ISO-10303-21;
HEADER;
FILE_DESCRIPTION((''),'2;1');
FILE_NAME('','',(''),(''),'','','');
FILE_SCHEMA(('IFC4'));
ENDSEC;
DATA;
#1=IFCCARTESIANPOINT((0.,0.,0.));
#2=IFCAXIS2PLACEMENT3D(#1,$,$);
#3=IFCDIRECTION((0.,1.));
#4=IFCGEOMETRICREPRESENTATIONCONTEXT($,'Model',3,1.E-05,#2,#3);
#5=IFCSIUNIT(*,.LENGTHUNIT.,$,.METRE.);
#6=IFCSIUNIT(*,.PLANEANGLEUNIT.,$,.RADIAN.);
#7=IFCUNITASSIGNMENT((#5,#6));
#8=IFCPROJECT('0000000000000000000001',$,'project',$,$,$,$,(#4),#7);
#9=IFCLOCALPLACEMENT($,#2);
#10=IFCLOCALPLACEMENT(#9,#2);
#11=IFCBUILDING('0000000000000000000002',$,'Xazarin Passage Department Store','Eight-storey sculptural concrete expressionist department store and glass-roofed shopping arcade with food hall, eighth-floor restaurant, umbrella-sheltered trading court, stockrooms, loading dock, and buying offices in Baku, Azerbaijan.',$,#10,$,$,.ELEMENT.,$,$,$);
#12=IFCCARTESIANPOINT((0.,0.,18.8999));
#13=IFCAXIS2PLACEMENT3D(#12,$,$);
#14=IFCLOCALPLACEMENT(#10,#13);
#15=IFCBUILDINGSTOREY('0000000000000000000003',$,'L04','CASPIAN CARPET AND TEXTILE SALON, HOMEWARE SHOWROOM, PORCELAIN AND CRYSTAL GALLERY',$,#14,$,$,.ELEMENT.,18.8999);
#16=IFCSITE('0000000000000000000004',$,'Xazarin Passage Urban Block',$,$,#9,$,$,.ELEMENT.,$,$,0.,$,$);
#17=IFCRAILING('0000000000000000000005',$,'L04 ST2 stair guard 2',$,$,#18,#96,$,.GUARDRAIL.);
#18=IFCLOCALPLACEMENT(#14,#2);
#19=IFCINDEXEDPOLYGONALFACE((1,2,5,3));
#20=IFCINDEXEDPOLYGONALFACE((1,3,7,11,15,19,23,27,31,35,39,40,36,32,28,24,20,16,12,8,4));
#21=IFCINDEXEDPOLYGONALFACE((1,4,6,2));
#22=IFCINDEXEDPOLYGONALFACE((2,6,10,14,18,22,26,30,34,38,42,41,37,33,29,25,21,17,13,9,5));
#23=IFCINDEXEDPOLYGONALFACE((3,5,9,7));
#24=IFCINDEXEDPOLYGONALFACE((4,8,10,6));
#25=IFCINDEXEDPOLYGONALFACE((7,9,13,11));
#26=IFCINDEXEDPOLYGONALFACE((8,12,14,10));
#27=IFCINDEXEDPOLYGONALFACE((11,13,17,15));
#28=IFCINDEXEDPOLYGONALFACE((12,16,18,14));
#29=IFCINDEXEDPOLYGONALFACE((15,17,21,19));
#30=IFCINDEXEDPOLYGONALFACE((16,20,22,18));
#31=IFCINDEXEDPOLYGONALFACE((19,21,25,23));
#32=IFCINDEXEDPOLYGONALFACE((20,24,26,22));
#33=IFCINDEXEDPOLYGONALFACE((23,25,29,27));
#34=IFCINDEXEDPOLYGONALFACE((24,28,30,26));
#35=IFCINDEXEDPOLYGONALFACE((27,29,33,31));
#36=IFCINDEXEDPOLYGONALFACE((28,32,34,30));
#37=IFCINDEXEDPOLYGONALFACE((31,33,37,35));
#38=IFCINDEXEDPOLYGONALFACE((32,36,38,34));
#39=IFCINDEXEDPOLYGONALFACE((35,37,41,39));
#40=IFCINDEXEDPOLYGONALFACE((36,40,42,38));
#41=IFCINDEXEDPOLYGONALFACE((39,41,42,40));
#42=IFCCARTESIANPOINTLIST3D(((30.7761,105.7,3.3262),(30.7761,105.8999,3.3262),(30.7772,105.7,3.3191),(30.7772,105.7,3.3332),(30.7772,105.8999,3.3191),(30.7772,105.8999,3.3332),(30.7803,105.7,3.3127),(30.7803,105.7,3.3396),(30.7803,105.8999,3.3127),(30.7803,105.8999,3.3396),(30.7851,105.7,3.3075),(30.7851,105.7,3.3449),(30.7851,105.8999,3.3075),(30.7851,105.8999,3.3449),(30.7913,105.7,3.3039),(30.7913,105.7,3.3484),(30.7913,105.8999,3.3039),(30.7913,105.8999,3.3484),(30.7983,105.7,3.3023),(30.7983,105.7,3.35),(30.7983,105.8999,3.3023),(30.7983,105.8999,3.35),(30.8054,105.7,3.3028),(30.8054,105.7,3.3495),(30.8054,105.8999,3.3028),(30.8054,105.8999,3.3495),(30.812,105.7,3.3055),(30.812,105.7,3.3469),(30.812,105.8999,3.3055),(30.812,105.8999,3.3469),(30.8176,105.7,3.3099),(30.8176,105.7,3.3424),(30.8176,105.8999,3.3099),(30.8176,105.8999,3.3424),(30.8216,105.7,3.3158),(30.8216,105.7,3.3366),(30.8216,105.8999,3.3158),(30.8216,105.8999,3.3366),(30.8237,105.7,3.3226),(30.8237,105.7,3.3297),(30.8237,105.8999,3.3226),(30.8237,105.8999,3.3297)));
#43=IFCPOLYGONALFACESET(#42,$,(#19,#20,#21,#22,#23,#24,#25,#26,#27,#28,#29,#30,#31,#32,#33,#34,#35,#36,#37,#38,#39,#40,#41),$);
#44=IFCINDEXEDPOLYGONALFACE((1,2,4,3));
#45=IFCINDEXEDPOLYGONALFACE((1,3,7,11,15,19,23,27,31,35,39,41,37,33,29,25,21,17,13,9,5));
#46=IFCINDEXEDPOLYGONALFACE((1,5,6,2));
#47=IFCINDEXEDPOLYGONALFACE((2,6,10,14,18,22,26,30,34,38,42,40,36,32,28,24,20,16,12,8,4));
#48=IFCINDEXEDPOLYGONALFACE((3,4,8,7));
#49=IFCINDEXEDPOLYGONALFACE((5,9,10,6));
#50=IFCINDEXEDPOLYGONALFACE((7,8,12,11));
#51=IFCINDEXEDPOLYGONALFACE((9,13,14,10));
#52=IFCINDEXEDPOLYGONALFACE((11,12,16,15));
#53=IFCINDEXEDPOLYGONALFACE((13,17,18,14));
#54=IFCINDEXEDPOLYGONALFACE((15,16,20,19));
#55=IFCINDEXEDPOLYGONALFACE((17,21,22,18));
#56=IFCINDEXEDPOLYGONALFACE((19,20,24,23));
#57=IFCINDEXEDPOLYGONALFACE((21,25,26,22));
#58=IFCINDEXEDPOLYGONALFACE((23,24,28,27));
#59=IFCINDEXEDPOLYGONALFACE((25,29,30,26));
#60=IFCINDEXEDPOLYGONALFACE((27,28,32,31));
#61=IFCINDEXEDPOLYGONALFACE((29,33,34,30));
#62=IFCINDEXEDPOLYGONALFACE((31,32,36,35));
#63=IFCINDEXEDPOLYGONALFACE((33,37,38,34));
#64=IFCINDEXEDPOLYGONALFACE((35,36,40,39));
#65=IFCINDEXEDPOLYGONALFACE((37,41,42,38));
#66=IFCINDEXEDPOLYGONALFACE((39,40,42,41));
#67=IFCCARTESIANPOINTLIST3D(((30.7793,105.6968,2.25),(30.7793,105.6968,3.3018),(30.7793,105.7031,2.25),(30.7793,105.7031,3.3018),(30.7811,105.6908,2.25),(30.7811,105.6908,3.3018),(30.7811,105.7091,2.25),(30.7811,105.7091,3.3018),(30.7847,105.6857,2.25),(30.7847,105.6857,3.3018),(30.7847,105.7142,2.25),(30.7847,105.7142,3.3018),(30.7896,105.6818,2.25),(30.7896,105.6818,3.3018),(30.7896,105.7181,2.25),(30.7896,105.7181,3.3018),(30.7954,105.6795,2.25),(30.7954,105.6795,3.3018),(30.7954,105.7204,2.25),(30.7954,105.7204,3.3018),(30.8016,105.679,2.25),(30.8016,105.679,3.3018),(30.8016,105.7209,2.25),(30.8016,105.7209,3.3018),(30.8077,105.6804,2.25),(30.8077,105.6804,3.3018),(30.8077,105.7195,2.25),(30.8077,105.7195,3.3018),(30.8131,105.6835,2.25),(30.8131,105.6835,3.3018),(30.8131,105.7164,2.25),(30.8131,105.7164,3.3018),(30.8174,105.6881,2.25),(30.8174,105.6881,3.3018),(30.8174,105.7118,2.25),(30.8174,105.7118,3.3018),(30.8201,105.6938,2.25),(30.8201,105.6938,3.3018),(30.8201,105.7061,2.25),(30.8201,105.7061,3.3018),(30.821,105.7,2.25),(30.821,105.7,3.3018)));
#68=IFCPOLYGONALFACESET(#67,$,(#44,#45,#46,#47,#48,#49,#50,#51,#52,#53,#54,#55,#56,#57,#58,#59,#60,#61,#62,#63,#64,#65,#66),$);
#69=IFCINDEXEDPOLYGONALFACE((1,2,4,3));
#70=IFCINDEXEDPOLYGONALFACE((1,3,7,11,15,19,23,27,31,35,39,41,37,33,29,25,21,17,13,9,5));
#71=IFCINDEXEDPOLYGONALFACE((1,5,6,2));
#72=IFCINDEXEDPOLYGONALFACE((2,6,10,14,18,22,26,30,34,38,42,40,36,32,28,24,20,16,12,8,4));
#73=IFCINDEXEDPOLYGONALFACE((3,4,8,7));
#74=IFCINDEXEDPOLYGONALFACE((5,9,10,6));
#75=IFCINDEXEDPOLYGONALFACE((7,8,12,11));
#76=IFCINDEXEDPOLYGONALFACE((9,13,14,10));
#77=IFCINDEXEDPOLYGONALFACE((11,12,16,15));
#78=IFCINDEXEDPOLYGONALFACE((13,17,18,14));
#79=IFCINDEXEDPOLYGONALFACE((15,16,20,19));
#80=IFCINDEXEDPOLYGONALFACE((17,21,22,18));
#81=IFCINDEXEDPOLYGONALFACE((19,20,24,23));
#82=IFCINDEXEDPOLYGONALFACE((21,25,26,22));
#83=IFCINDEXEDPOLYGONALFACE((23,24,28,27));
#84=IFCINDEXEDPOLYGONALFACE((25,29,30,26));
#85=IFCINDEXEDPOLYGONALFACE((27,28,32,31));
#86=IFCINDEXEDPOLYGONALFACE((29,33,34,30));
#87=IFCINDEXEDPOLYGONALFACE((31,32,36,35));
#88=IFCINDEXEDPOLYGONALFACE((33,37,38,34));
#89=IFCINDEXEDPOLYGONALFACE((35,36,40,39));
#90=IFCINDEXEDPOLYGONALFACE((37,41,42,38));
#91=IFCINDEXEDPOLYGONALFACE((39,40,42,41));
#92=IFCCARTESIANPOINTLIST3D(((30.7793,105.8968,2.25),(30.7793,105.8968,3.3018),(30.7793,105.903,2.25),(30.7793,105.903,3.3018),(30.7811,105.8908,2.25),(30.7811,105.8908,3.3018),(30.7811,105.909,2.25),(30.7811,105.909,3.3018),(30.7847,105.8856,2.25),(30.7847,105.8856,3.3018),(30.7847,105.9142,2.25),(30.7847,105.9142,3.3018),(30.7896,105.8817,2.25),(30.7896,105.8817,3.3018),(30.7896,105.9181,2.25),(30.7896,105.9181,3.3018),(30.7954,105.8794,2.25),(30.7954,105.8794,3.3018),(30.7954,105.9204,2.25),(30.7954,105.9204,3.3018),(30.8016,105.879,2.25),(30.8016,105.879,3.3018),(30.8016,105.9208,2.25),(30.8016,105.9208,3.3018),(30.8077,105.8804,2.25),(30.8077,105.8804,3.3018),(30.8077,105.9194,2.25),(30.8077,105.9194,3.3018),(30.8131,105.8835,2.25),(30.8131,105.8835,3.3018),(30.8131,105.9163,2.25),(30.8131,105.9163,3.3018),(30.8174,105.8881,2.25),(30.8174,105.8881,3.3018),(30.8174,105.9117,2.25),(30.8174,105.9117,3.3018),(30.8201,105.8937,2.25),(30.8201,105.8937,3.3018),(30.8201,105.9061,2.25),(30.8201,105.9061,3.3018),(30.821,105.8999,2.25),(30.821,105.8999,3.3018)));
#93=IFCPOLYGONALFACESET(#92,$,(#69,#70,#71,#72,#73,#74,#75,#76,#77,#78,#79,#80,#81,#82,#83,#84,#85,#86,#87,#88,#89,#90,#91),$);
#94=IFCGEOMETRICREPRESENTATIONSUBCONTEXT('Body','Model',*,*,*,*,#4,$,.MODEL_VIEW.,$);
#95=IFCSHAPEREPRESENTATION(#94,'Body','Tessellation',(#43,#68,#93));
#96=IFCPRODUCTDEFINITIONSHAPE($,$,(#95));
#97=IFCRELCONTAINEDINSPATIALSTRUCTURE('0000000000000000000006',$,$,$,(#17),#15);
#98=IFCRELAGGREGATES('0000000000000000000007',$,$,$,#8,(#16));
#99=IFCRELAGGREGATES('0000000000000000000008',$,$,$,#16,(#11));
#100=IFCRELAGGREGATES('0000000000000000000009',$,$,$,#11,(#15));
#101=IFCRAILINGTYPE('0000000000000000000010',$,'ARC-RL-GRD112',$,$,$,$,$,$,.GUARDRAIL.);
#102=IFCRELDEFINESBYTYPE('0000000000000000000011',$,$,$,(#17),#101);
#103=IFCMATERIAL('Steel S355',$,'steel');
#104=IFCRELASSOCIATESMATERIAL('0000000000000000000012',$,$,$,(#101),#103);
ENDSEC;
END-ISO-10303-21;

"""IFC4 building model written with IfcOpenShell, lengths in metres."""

from ifc_helpers import new_model, si_unit, direction, frame, origin, origin_2d, place, context, subcontext, project, spatial, circle, extrude, material, type_object, element, save


model = new_model("IFC4")

# Units and contexts
model_context = context("Model", 3, precision=1e-05, world=origin(), true_north=direction((0.0, 1.0)))
body_context = subcontext(model_context, "Body", "Model", "MODEL_VIEW")
ifc_project = project(units=[si_unit("LENGTHUNIT", "METRE"), si_unit("PLANEANGLEUNIT", "RADIAN")], contexts=[model_context])

# Site, building, storey
site_placement = place(None, origin())
site = spatial("IfcSite", under=ifc_project, at=site_placement, Name="Xazarin Passage Urban Block", CompositionType="ELEMENT", RefElevation=0.0)
building_placement = place(site_placement, origin())
building = spatial("IfcBuilding", under=site, at=building_placement, Name="Xazarin Passage Department Store", Description="Eight-storey sculptural concrete expressionist department store and glass-roofed shopping arcade with food hall, eighth-floor restaurant, umbrella-sheltered trading court, stockrooms, loading dock, and buying offices in Baku, Azerbaijan.", CompositionType="ELEMENT")
storey_placement = place(building_placement, frame((0.0, 0.0, 18.8999)))
storey = spatial("IfcBuildingStorey", under=building, at=storey_placement, Name="L04", Description="CASPIAN CARPET AND TEXTILE SALON, HOMEWARE SHOWROOM, PORCELAIN AND CRYSTAL GALLERY", CompositionType="ELEMENT", Elevation=18.8999)

# Shared definitions
ifc_material_1 = material(Name="Steel S355", Category="steel")

# Railing
railing_type_1 = type_object("IfcRailingType", Name="ARC-RL-GRD112", PredefinedType="GUARDRAIL", material=ifc_material_1)
railing_1_placement = place(storey_placement, frame((30.8, 105.7, 2.25)))
element("IfcRailing", 1, at=railing_1_placement, inside=storey, type_object=railing_type_1, Name="L04 ST2 stair guard 2", PredefinedType="GUARDRAIL", context=body_context, shape_type="SweptSolid", body=[
    extrude(circle(Radius=0.0239, at=origin_2d()), frame((0.0, 0.0, 1.0762), z_axis=(0.0, 1.0, 0.0), x_axis=(-1.0, 0.0, 0.0)), (0.0, 0.0, 1.0), 0.2),
    extrude(circle(Radius=0.021, at=origin_2d()), origin(), (0.0, 0.0, 1.0), 1.0518),
    extrude(circle(Radius=0.021, at=origin_2d()), frame((0.0, 0.2, 0.0)), (0.0, 0.0, 1.0), 1.0518),
])

save(model, "model.ifc")
